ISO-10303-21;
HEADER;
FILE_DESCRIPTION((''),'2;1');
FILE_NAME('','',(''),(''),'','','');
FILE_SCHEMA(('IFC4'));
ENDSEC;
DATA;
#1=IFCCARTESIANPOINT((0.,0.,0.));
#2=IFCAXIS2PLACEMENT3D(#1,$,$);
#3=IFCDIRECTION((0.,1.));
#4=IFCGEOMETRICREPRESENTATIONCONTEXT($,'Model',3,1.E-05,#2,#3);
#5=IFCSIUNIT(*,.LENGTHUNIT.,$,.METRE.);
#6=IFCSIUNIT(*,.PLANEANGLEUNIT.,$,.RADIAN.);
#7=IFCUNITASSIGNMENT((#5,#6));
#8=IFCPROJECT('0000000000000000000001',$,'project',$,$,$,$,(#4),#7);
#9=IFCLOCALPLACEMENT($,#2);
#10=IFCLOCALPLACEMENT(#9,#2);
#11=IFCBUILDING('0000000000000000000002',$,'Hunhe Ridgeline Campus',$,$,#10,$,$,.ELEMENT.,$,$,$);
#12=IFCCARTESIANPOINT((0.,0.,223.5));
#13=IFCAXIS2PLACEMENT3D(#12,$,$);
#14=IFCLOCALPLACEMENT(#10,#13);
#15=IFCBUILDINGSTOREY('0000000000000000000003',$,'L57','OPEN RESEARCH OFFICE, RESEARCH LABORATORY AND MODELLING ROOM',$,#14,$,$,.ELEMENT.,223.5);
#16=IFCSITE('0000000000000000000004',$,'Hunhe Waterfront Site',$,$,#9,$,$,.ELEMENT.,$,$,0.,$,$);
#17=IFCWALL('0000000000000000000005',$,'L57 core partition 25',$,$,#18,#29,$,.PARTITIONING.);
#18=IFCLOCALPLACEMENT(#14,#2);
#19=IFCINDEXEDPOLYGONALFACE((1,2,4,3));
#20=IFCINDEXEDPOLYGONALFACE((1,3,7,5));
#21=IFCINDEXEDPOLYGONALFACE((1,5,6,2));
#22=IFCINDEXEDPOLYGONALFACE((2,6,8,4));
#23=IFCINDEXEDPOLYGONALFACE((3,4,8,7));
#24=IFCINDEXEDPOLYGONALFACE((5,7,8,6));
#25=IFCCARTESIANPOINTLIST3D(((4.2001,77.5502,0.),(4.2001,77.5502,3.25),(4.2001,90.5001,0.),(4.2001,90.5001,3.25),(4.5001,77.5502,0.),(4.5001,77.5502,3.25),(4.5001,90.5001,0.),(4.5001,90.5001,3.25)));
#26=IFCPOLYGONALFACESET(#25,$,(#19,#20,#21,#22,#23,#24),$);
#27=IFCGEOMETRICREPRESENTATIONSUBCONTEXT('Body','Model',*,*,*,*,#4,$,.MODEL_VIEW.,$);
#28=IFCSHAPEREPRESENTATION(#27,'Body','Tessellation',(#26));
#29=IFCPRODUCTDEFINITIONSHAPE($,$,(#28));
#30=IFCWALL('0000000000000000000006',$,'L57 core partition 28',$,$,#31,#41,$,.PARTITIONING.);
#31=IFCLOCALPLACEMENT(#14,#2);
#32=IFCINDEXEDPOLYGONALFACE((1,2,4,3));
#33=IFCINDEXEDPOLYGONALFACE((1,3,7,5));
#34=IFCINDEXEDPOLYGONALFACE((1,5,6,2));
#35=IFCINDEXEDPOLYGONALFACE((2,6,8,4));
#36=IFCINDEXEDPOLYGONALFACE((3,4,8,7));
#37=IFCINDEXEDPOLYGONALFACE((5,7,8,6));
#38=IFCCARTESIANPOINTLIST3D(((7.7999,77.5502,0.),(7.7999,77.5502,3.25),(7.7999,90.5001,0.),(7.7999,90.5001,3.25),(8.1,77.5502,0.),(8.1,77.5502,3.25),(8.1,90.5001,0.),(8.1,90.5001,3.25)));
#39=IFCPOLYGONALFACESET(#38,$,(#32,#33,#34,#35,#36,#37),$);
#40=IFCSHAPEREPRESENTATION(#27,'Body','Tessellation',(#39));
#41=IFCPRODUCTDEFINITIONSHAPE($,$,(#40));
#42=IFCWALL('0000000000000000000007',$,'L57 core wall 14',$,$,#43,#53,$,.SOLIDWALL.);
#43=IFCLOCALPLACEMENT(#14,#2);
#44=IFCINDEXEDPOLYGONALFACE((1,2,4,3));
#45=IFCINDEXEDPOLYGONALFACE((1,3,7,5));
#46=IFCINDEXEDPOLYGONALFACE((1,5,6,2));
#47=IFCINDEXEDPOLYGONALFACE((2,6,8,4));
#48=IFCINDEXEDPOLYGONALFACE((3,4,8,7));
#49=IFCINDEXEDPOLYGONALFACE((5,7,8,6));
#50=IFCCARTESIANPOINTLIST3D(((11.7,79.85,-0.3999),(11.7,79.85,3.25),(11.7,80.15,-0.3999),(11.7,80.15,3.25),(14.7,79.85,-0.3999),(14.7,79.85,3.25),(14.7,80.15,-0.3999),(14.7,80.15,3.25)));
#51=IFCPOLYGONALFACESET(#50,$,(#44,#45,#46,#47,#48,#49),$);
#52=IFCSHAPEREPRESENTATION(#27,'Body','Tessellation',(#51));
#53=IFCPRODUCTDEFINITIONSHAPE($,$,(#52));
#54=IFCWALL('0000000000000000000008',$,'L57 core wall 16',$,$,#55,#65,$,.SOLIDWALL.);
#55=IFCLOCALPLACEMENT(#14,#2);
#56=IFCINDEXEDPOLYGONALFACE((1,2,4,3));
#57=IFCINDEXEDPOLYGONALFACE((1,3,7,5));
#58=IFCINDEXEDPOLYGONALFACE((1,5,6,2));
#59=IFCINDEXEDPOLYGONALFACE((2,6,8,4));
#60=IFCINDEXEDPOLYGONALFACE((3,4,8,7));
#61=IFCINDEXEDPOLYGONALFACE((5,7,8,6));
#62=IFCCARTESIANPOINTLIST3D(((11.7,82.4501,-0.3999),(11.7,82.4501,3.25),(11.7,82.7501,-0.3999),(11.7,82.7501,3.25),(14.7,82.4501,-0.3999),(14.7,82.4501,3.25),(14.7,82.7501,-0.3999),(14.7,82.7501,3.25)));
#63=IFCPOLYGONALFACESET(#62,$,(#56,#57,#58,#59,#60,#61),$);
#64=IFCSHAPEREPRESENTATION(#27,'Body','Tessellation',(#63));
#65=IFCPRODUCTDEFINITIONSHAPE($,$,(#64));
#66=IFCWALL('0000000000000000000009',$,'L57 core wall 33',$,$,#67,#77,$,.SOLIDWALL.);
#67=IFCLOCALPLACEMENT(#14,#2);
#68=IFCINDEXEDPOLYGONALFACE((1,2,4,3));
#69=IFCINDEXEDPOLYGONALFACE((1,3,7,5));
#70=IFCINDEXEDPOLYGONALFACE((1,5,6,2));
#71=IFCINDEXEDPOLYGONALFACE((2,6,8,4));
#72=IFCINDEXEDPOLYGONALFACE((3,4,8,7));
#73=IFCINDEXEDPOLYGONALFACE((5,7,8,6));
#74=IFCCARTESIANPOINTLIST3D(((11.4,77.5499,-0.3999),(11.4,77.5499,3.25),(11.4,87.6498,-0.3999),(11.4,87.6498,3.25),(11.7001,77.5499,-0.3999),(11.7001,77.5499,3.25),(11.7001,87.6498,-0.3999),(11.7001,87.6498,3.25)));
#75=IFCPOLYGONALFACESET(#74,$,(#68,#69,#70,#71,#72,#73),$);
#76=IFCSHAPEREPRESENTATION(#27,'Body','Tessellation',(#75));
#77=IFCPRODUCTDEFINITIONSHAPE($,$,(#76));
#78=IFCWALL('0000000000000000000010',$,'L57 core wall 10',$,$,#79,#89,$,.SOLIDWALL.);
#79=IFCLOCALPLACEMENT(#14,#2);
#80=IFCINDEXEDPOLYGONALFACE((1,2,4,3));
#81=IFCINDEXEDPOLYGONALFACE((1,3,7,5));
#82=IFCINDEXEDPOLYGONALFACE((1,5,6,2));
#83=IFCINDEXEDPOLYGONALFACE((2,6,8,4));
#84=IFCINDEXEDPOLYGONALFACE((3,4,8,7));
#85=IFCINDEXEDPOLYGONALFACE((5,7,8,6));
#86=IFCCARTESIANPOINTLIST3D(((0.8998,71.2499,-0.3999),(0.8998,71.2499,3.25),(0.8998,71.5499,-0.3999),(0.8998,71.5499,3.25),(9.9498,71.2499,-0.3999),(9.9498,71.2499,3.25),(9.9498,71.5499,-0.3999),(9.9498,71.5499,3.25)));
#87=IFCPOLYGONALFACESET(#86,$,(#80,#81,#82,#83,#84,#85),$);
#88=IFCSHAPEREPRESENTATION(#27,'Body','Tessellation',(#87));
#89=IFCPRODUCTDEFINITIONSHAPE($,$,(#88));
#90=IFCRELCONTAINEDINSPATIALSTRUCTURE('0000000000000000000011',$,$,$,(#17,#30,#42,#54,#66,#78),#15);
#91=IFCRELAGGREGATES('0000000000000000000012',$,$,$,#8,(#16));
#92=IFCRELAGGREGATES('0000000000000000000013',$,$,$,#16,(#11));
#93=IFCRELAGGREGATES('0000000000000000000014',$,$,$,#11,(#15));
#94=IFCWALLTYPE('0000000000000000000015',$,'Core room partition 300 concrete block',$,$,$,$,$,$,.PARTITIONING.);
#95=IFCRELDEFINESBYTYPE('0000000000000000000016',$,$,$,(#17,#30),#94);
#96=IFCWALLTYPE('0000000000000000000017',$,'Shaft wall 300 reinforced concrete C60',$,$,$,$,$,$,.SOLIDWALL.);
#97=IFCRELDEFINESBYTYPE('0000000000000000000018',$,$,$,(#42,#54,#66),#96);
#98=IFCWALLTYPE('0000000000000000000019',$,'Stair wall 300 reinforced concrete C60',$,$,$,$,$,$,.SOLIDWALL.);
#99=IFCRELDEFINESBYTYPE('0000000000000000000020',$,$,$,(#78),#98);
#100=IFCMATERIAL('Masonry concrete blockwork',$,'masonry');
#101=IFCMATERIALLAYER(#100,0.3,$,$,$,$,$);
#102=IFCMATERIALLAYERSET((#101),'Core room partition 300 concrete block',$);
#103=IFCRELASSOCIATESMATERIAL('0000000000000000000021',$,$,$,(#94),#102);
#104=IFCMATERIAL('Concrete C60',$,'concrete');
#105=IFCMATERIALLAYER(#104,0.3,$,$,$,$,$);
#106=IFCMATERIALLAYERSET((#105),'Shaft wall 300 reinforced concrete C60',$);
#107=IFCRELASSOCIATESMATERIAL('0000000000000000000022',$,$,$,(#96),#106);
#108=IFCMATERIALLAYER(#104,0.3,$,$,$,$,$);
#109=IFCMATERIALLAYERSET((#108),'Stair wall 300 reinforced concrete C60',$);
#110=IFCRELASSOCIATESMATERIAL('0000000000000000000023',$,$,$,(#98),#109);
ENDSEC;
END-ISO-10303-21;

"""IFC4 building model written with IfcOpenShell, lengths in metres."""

from ifc_helpers import new_model, si_unit, direction, frame, frame_2d, origin, place, context, subcontext, project, spatial, rectangle, extrude, material, layer, layer_set, type_object, element, save


model = new_model("IFC4")

# Units and contexts
model_context = context("Model", 3, precision=1e-05, world=origin(), true_north=direction((0.0, 1.0)))
body_context = subcontext(model_context, "Body", "Model", "MODEL_VIEW")
ifc_project = project(units=[si_unit("LENGTHUNIT", "METRE"), si_unit("PLANEANGLEUNIT", "RADIAN")], contexts=[model_context])

# Site, building, storey
site_placement = place(None, origin())
site = spatial("IfcSite", under=ifc_project, at=site_placement, Name="Hunhe Waterfront Site", CompositionType="ELEMENT", RefElevation=0.0)
building_placement = place(site_placement, origin())
building = spatial("IfcBuilding", under=site, at=building_placement, Name="Hunhe Ridgeline Campus", CompositionType="ELEMENT")
storey_placement = place(building_placement, frame((0.0, 0.0, 223.5)))
storey = spatial("IfcBuildingStorey", under=building, at=storey_placement, Name="L57", Description="OPEN RESEARCH OFFICE, RESEARCH LABORATORY AND MODELLING ROOM", CompositionType="ELEMENT", Elevation=223.5)

# Shared definitions
ifc_material_1 = material(Name="Masonry concrete blockwork", Category="masonry")
ifc_layer_1 = layer(ifc_material_1, 0.3)
ifc_layer_set_1 = layer_set([ifc_layer_1], Name="Core room partition 300 concrete block")
wall_type_1 = type_object("IfcWallType", Name="Core room partition 300 concrete block", PredefinedType="PARTITIONING", material=ifc_layer_set_1)

# Walls
for number, where, z_axis, x_axis, name in (
    (1, (4.3501, 77.55, 0.0), (0.0, 0.0, 1.0), (0.0, 1.0, 0.0), "L57 core partition 25"),
    (2, (7.95, 77.55, 0.0), (0.0, 0.0, 1.0), (0.0, 1.0, 0.0), "L57 core partition 28"),
):
    element("IfcWall", number, at=place(storey_placement, frame(where, z_axis=z_axis, x_axis=x_axis)), inside=storey, type_object=wall_type_1, Name=name, PredefinedType="PARTITIONING", context=body_context, shape_type="SweptSolid", body=[
        extrude(rectangle(XDim=12.95, YDim=0.3, at=frame_2d((6.4751, 0.0))), origin(), (0.0, 0.0, 1.0), 3.25),
    ])

# Shared definitions
ifc_material_2 = material(Name="Concrete C60", Category="concrete")
ifc_layer_2 = layer(ifc_material_2, 0.3)
ifc_layer_set_2 = layer_set([ifc_layer_2], Name="Shaft wall 300 reinforced concrete C60")
wall_type_2 = type_object("IfcWallType", Name="Shaft wall 300 reinforced concrete C60", PredefinedType="SOLIDWALL", material=ifc_layer_set_2)

# Walls
for number, where, z_axis, x_axis, name in (
    (3, (11.7, 80.0, -0.3999), (0.0, 0.0, 1.0), (1.0, 0.0, 0.0), "L57 core wall 14"),
    (4, (11.7, 82.6001, -0.3999), (0.0, 0.0, 1.0), (1.0, 0.0, 0.0), "L57 core wall 16"),
):
    element("IfcWall", number, at=place(storey_placement, frame(where, z_axis=z_axis, x_axis=x_axis)), inside=storey, type_object=wall_type_2, Name=name, PredefinedType="SOLIDWALL", context=body_context, shape_type="SweptSolid", body=[
        extrude(rectangle(XDim=3.0, YDim=0.3, at=frame_2d((1.5, 0.0))), origin(), (0.0, 0.0, 1.0), 3.6499),
    ])
wall_1_placement = place(storey_placement, frame((11.55, 77.55, -0.3999), z_axis=(0.0, 0.0, 1.0), x_axis=(0.0, 1.0, 0.0)))
element("IfcWall", 5, at=wall_1_placement, inside=storey, type_object=wall_type_2, Name="L57 core wall 33", PredefinedType="SOLIDWALL", context=body_context, shape_type="SweptSolid", body=[
    extrude(rectangle(XDim=10.0999, YDim=0.3, at=frame_2d((5.0498, 0.0))), origin(), (0.0, 0.0, 1.0), 3.6499),
])
ifc_layer_3 = layer(ifc_material_2, 0.3)
ifc_layer_set_3 = layer_set([ifc_layer_3], Name="Stair wall 300 reinforced concrete C60")
wall_type_3 = type_object("IfcWallType", Name="Stair wall 300 reinforced concrete C60", PredefinedType="SOLIDWALL", material=ifc_layer_set_3)
wall_2_placement = place(storey_placement, frame((0.8999, 71.3999, -0.3999), z_axis=(0.0, 0.0, 1.0), x_axis=(1.0, 0.0, 0.0)))
element("IfcWall", 6, at=wall_2_placement, inside=storey, type_object=wall_type_3, Name="L57 core wall 10", PredefinedType="SOLIDWALL", context=body_context, shape_type="SweptSolid", body=[
    extrude(rectangle(XDim=9.05, YDim=0.3, at=frame_2d((4.5249, 0.0))), origin(), (0.0, 0.0, 1.0), 3.6499),
])

save(model, "model.ifc")
